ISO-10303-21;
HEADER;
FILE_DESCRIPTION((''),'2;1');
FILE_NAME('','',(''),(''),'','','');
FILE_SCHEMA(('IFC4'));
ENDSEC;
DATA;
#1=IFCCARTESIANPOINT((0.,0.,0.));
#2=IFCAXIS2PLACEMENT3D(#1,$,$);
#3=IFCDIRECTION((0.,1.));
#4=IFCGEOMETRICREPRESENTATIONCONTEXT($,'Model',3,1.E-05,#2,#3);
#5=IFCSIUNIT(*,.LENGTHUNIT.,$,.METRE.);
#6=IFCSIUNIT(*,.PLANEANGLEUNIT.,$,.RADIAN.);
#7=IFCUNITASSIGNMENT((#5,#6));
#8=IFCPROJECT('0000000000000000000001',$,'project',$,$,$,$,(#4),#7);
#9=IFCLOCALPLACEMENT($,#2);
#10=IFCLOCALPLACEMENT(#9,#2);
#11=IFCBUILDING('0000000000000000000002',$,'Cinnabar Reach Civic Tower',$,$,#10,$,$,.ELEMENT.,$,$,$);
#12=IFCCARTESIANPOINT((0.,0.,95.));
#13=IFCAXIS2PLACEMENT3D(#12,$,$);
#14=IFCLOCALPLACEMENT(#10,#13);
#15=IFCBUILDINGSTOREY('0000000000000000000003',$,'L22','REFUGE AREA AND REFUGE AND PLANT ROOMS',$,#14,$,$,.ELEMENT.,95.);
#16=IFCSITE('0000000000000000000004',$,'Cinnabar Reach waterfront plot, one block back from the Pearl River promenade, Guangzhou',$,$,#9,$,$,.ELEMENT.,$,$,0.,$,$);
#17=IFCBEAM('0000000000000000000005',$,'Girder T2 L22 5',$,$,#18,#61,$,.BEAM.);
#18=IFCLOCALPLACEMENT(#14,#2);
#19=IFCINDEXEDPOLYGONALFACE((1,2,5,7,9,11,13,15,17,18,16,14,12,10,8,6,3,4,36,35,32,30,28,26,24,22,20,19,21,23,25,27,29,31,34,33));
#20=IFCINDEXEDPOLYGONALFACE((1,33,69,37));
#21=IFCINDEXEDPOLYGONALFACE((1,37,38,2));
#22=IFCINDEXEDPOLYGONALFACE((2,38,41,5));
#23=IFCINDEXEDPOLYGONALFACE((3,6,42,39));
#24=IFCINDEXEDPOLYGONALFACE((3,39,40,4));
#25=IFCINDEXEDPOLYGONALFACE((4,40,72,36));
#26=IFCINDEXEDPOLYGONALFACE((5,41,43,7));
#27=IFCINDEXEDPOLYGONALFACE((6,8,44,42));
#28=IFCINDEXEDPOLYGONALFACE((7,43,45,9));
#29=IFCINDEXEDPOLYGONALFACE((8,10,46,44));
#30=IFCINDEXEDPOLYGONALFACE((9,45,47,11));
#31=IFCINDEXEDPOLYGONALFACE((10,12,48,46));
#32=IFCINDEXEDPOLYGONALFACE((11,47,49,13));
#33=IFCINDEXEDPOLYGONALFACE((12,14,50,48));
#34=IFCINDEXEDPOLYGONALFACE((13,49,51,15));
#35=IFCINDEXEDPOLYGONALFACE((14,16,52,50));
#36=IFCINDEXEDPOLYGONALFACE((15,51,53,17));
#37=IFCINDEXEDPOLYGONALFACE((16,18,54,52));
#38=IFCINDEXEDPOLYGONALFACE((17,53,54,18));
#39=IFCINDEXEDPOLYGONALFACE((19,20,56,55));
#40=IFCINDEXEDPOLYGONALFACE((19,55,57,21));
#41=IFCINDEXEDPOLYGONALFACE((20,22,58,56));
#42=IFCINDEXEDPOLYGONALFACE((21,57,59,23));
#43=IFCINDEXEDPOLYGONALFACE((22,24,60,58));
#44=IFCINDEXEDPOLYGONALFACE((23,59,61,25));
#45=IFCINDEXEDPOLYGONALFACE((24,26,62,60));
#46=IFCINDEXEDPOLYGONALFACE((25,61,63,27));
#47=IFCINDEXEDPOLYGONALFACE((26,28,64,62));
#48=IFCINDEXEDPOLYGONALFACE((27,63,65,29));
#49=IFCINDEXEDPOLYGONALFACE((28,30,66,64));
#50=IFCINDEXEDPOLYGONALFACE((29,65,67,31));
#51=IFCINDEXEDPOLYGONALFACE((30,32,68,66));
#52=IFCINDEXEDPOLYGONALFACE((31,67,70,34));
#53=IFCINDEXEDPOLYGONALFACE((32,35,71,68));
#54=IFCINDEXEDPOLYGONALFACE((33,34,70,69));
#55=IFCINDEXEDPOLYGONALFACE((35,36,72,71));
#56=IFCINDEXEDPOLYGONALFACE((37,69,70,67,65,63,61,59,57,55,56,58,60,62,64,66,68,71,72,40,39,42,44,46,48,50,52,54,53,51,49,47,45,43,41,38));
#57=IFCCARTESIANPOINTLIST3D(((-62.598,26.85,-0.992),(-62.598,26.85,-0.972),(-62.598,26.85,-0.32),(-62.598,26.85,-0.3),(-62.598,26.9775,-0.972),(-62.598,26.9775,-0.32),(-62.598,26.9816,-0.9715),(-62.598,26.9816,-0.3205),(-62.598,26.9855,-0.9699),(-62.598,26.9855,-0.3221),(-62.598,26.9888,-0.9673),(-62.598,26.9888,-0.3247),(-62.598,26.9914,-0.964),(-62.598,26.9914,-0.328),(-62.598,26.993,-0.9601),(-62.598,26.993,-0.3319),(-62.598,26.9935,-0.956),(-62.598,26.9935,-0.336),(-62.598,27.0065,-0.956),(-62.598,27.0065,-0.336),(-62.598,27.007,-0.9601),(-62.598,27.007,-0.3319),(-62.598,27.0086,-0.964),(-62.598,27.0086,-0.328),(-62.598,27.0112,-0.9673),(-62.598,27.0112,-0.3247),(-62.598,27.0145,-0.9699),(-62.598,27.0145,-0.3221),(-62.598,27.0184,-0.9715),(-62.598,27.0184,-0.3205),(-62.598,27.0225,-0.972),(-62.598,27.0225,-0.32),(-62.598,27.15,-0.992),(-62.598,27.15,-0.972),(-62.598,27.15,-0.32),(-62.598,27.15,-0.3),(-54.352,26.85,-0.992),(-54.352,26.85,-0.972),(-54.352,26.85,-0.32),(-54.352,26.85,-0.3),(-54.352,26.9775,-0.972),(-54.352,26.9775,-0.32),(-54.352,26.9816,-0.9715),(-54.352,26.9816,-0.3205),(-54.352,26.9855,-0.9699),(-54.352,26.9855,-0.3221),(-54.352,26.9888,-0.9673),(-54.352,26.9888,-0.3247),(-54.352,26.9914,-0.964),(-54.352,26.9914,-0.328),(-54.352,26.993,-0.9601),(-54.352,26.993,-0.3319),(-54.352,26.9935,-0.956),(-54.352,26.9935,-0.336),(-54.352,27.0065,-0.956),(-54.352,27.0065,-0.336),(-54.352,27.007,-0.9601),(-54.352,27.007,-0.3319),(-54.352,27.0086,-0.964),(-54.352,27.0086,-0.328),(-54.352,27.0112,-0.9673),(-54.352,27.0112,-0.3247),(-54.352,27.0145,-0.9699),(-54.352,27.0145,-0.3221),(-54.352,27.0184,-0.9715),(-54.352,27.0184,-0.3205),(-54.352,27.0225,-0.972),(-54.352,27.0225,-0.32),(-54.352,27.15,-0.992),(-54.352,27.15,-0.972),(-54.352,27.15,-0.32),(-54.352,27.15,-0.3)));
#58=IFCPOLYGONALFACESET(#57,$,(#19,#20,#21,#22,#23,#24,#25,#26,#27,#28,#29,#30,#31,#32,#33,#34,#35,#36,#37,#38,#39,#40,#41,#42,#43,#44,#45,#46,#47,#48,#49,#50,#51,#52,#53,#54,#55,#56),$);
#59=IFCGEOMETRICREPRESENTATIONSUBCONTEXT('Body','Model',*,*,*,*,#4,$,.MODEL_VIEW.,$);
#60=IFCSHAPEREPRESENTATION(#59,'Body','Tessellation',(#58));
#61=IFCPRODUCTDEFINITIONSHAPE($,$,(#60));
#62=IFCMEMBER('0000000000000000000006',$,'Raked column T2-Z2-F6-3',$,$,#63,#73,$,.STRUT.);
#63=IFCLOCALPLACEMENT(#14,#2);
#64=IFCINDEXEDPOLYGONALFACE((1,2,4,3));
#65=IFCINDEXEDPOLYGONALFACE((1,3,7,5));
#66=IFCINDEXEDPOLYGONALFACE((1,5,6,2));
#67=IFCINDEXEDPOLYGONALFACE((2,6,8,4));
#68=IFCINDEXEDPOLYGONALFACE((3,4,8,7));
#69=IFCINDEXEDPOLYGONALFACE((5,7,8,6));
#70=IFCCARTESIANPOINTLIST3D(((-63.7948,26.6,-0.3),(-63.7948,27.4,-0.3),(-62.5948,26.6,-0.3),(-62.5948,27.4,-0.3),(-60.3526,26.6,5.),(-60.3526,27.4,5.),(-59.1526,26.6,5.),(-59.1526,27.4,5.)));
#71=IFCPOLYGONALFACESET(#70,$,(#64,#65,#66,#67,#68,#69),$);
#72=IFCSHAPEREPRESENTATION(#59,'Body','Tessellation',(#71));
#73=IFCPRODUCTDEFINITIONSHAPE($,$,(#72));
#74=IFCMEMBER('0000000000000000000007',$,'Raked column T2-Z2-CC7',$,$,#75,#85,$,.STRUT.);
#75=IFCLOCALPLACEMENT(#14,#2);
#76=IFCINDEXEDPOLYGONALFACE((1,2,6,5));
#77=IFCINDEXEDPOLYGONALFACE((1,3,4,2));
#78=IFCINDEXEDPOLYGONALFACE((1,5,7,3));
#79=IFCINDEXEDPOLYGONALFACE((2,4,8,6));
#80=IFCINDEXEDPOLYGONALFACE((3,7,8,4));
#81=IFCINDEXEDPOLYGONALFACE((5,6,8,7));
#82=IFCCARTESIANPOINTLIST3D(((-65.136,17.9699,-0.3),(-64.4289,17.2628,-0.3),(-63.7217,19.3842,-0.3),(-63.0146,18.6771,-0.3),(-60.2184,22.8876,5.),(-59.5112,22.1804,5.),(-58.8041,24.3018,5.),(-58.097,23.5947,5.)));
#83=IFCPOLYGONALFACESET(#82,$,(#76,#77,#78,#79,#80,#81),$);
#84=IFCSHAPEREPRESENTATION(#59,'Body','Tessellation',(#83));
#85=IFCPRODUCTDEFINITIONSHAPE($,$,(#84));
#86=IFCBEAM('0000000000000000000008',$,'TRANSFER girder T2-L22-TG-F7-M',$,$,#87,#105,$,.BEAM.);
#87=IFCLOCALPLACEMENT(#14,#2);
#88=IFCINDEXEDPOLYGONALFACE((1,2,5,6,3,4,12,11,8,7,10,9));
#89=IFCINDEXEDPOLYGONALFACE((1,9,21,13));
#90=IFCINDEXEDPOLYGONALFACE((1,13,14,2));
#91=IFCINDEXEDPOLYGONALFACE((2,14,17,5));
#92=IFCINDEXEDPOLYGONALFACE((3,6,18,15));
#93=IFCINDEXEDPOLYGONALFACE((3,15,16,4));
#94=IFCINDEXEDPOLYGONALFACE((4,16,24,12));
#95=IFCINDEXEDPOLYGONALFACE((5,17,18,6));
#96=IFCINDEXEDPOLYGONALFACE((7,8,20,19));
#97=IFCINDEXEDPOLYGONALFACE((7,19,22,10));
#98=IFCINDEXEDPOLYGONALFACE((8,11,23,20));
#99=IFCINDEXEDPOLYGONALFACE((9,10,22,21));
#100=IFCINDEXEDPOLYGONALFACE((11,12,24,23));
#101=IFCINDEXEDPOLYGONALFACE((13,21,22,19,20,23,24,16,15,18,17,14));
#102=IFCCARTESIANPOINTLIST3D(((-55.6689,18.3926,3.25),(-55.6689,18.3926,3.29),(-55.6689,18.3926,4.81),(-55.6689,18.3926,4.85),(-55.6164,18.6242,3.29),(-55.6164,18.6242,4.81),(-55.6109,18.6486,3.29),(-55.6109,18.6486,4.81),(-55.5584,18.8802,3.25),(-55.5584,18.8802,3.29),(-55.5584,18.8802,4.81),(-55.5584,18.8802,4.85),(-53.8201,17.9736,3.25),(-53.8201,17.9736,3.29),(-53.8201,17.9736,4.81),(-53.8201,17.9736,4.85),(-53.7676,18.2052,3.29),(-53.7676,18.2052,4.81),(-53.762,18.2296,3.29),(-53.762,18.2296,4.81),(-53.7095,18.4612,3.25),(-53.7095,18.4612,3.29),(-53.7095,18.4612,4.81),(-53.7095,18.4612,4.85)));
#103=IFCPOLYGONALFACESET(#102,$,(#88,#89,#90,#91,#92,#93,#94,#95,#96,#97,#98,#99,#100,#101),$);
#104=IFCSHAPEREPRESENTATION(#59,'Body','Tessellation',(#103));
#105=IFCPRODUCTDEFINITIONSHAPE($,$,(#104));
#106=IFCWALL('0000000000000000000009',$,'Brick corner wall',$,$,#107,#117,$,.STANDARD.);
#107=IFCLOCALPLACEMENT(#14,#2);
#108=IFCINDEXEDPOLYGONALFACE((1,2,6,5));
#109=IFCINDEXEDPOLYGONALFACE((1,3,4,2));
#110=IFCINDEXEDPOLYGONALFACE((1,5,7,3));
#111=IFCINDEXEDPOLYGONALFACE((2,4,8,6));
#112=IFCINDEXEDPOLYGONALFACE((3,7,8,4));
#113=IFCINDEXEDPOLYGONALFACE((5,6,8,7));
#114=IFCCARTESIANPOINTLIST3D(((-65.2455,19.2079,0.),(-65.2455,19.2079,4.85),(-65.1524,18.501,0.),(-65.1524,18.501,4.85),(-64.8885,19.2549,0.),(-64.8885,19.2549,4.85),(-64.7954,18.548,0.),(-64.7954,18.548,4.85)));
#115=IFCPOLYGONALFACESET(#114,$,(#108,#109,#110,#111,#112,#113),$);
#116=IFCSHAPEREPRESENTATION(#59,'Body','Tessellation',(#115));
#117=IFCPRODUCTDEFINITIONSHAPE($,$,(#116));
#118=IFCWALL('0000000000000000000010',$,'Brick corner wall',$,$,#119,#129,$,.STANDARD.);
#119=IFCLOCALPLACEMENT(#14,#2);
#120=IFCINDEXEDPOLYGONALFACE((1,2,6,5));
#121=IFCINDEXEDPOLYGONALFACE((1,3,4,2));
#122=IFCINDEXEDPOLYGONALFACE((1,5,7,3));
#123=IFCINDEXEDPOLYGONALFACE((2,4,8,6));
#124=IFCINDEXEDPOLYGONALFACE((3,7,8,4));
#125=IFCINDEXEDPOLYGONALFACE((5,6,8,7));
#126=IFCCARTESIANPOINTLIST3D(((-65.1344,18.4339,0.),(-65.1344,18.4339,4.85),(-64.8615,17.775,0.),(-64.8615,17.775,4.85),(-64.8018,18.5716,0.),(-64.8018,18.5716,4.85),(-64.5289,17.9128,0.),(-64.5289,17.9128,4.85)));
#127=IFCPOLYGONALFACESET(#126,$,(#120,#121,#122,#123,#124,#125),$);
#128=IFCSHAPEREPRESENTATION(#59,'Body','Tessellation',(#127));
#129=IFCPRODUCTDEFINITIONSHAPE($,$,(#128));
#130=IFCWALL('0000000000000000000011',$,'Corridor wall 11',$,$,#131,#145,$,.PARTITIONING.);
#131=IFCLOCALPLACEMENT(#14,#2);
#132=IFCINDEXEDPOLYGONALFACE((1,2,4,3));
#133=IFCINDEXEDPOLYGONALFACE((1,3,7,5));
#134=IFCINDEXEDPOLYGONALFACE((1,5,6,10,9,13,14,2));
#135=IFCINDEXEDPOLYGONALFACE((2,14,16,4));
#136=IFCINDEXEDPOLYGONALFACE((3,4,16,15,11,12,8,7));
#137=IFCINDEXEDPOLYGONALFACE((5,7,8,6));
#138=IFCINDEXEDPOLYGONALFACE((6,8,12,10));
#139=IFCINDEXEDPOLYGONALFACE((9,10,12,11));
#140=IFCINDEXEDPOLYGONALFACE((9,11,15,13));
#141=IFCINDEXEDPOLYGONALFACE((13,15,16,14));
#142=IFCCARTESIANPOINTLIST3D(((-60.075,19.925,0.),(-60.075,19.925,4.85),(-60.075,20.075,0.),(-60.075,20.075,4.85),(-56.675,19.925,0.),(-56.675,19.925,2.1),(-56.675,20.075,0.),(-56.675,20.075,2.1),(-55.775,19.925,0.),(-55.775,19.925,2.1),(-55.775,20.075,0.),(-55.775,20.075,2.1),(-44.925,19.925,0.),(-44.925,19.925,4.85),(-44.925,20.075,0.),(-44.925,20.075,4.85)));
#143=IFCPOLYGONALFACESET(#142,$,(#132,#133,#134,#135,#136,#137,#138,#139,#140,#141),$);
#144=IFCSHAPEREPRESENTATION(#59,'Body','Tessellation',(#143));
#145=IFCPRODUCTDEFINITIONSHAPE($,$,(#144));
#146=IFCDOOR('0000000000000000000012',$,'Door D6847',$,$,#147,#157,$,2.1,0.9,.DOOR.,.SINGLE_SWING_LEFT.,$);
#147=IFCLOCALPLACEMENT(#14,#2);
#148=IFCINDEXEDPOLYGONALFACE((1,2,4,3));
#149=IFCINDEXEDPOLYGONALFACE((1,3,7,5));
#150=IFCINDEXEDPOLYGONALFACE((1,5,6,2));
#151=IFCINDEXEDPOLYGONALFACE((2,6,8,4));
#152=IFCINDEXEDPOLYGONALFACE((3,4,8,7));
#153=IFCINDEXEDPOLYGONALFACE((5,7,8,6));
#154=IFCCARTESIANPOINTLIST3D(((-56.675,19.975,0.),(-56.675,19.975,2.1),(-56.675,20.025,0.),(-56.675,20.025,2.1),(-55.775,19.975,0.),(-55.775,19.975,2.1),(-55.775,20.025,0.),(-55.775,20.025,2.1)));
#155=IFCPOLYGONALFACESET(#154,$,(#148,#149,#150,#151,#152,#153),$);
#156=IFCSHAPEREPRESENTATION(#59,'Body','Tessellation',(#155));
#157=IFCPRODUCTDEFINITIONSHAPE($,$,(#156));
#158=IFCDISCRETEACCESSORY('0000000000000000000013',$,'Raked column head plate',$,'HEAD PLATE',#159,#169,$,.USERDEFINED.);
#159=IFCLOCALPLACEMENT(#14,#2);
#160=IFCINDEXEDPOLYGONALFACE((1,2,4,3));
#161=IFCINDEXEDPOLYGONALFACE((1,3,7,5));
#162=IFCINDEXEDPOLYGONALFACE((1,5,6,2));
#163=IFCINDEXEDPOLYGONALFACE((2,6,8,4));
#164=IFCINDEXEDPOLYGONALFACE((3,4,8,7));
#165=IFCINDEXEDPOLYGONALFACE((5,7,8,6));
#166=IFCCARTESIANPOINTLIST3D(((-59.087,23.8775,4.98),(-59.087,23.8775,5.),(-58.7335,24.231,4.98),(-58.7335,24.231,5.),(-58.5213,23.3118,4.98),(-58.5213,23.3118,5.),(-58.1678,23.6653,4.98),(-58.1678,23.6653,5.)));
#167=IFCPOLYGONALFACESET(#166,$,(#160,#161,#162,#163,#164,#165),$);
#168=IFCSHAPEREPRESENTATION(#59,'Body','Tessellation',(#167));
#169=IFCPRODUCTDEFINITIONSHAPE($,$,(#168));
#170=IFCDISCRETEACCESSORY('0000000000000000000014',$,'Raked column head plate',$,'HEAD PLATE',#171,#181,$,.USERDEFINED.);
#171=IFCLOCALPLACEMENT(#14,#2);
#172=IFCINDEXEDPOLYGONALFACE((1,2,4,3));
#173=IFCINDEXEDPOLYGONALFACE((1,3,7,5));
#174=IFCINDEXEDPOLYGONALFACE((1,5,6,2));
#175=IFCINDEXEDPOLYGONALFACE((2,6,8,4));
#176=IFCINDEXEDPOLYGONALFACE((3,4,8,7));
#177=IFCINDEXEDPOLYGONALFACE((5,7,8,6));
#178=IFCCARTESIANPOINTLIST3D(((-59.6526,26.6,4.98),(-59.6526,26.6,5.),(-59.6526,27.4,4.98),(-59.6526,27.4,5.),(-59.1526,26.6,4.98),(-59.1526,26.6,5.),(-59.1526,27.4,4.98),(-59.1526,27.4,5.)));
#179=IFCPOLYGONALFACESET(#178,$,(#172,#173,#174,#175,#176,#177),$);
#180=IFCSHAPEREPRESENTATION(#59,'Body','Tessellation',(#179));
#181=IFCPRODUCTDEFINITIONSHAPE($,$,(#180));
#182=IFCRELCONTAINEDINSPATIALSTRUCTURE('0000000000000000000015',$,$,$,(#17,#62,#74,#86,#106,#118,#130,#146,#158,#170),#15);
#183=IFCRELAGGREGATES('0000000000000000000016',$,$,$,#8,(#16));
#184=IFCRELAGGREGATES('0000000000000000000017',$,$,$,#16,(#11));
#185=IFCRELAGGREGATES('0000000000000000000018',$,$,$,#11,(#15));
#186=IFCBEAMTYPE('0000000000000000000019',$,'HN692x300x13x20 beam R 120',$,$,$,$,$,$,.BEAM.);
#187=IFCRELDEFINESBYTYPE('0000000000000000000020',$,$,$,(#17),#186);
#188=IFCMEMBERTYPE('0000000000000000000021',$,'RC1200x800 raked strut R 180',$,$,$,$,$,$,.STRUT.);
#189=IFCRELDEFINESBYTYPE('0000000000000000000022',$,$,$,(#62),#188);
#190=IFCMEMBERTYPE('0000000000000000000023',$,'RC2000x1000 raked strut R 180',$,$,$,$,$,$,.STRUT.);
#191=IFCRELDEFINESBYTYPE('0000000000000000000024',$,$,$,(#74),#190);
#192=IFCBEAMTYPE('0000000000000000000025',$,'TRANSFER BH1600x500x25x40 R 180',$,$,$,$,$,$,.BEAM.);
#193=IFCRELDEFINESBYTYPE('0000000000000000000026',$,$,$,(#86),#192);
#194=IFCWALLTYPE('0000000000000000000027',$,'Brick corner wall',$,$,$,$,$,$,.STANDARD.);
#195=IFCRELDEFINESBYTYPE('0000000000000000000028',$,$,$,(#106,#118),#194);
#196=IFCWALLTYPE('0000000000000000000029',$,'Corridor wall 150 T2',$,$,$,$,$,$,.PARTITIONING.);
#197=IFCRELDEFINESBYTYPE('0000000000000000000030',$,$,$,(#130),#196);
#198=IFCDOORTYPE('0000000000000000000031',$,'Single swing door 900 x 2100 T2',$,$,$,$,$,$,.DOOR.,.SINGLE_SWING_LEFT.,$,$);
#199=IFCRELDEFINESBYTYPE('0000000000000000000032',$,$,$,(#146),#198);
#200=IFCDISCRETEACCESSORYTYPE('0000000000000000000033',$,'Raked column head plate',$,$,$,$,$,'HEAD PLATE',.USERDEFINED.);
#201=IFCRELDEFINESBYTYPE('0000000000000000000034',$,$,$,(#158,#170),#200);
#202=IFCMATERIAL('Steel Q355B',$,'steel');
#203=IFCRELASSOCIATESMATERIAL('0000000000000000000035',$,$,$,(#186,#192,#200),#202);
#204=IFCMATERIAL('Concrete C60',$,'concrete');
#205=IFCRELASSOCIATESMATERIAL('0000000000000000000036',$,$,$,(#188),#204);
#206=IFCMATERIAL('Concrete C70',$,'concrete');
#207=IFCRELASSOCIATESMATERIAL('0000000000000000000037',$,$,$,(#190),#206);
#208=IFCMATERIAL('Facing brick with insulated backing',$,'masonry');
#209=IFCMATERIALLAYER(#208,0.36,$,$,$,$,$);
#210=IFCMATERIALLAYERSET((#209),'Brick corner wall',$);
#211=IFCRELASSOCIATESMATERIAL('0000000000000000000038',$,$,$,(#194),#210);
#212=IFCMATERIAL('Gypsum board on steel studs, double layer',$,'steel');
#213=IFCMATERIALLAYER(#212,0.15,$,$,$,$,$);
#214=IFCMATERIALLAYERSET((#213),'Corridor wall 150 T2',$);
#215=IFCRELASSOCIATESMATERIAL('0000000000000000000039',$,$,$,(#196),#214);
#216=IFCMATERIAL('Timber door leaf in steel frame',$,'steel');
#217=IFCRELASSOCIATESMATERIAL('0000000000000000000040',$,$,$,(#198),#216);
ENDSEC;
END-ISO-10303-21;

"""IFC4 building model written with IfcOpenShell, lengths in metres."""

from ifc_helpers import new_model, si_unit, direction, frame, frame_2d, origin, origin_2d, place, context, subcontext, project, spatial, rectangle, i_section, extrude, material, layer, layer_set, material_profile, profile_set, type_object, element, fill, save


model = new_model("IFC4")

# Units and contexts
model_context = context("Model", 3, precision=1e-05, world=origin(), true_north=direction((0.0, 1.0)))
body_context = subcontext(model_context, "Body", "Model", "MODEL_VIEW")
ifc_project = project(units=[si_unit("LENGTHUNIT", "METRE"), si_unit("PLANEANGLEUNIT", "RADIAN")], contexts=[model_context])

# Site, building, storey
site_placement = place(None, origin())
site = spatial("IfcSite", under=ifc_project, at=site_placement, Name="Cinnabar Reach waterfront plot, one block back from the Pearl River promenade, Guangzhou", CompositionType="ELEMENT", RefElevation=0.0)
building_placement = place(site_placement, origin())
building = spatial("IfcBuilding", under=site, at=building_placement, Name="Cinnabar Reach Civic Tower", CompositionType="ELEMENT")
storey_placement = place(building_placement, frame((0.0, 0.0, 95.0)))
storey = spatial("IfcBuildingStorey", under=building, at=storey_placement, Name="L22", Description="REFUGE AREA AND REFUGE AND PLANT ROOMS", CompositionType="ELEMENT", Elevation=95.0)

# Shared definitions
ifc_material_1 = material(Name="Concrete C70", Category="concrete")
ifc_material_2 = material(Name="Concrete C60", Category="concrete")

# Beam
ifc_material_3 = material(Name="Steel Q355B", Category="steel")
ifc_material_profile_1 = material_profile(ifc_material_3, i_section(OverallWidth=0.3, OverallDepth=0.692, WebThickness=0.013, FlangeThickness=0.02, FilletRadius=0.016, at=origin_2d()), Name="HN692x300x13x20")
ifc_profile_set_1 = profile_set([ifc_material_profile_1], Name="Steel Q355B")
beam_type_1 = type_object("IfcBeamType", Name="HN692x300x13x20 beam R 120", PredefinedType="BEAM", material=ifc_profile_set_1)
beam_1_placement = place(storey_placement, frame((-62.598, 27.0, -0.646), z_axis=(1.0, 0.0, 0.0), x_axis=(0.0, 1.0, 0.0)))
element("IfcBeam", 1, at=beam_1_placement, inside=storey, type_object=beam_type_1, Name="Girder T2 L22 5", PredefinedType="BEAM", context=body_context, shape_type="SweptSolid", body=[
    extrude(i_section(OverallWidth=0.3, OverallDepth=0.692, WebThickness=0.013, FlangeThickness=0.02, FilletRadius=0.016, at=origin_2d()), origin(), (0.0, 0.0, 1.0), 8.246),
])

# Members
ifc_material_profile_2 = material_profile(ifc_material_2, rectangle(XDim=1.2, YDim=0.8, at=origin_2d()), Name="RC1200x800")
ifc_profile_set_2 = profile_set([ifc_material_profile_2], Name="Concrete C60")
member_type_1 = type_object("IfcMemberType", Name="RC1200x800 raked strut R 180", PredefinedType="STRUT", material=ifc_profile_set_2)
member_1_placement = place(storey_placement, frame((-63.1948, 27.0, -0.3), z_axis=(0.0, 0.0, 1.0), x_axis=(1.0, 0.0, 0.0)))
element("IfcMember", 2, at=member_1_placement, inside=storey, type_object=member_type_1, Name="Raked column T2-Z2-F6-3", PredefinedType="STRUT", context=body_context, shape_type="SweptSolid", body=[
    extrude(rectangle(XDim=1.2, YDim=0.8, at=origin_2d()), origin(), (0.544677, 0.0, 0.838646), 6.3197),
])
ifc_material_profile_3 = material_profile(ifc_material_1, rectangle(XDim=2.0, YDim=1.0, at=origin_2d()), Name="RC2000x1000")
ifc_profile_set_3 = profile_set([ifc_material_profile_3], Name="Concrete C70")
member_type_2 = type_object("IfcMemberType", Name="RC2000x1000 raked strut R 180", PredefinedType="STRUT", material=ifc_profile_set_3)
member_2_placement = place(storey_placement, frame((-64.0753, 18.3235, -0.3), z_axis=(0.0, 0.0, 1.0), x_axis=(0.707107, 0.707107, 0.0)))
element("IfcMember", 3, at=member_2_placement, inside=storey, type_object=member_type_2, Name="Raked column T2-Z2-CC7", PredefinedType="STRUT", context=body_context, shape_type="SweptSolid", body=[
    extrude(rectangle(XDim=2.0, YDim=1.0, at=origin_2d()), origin(), (0.79536, 0.0, 0.606138), 8.7439),
])

# Beam
ifc_material_profile_4 = material_profile(ifc_material_3, i_section(OverallWidth=0.5, OverallDepth=1.6, WebThickness=0.025, FlangeThickness=0.04, at=origin_2d()), Name="BH1600x500x25x40")
ifc_profile_set_4 = profile_set([ifc_material_profile_4], Name="Steel Q355B")
beam_type_2 = type_object("IfcBeamType", Name="TRANSFER BH1600x500x25x40 R 180", PredefinedType="BEAM", material=ifc_profile_set_4)
beam_2_placement = place(storey_placement, frame((-53.7648, 18.2174, 4.05), z_axis=(-0.975267, 0.221028, 0.0), x_axis=(-0.221028, -0.975267, 0.0)))
element("IfcBeam", 4, at=beam_2_placement, inside=storey, type_object=beam_type_2, Name="TRANSFER girder T2-L22-TG-F7-M", PredefinedType="BEAM", context=body_context, shape_type="SweptSolid", body=[
    extrude(i_section(OverallWidth=0.5, OverallDepth=1.6, WebThickness=0.025, FlangeThickness=0.04, at=origin_2d()), origin(), (0.0, 0.0, 1.0), 1.8957),
])

# Walls
ifc_material_4 = material(Name="Facing brick with insulated backing", Category="masonry")
ifc_layer_1 = layer(ifc_material_4, 0.36)
ifc_layer_set_1 = layer_set([ifc_layer_1], Name="Brick corner wall")
wall_type_1 = type_object("IfcWallType", Name="Brick corner wall", PredefinedType="STANDARD", material=ifc_layer_set_1)
for number, where, z_axis, x_axis, name in (
    (5, (-65.067, 19.2314, 0.0), (0.0, 0.0, 1.0), (0.130556, -0.991441, 0.0), "Brick corner wall"),
    (6, (-64.9681, 18.5027, 0.0), (0.0, 0.0, 1.0), (0.382703, -0.923872, 0.0), "Brick corner wall"),
):
    element("IfcWall", number, at=place(storey_placement, frame(where, z_axis=z_axis, x_axis=x_axis)), inside=storey, type_object=wall_type_1, Name=name, PredefinedType="STANDARD", context=body_context, shape_type="SweptSolid", body=[
        extrude(rectangle(XDim=0.7131, YDim=0.36, at=frame_2d((0.3565, 0.0))), origin(), (0.0, 0.0, 1.0), 4.85),
    ])

# Wall, opening, door
ifc_material_5 = material(Name="Gypsum board on steel studs, double layer", Category="steel")
ifc_layer_2 = layer(ifc_material_5, 0.15)
ifc_layer_set_2 = layer_set([ifc_layer_2], Name="Corridor wall 150 T2")
wall_type_2 = type_object("IfcWallType", Name="Corridor wall 150 T2", PredefinedType="PARTITIONING", material=ifc_layer_set_2)
wall_placement = place(storey_placement, frame((-60.075, 20.0, 0.0), z_axis=(0.0, 0.0, 1.0), x_axis=(1.0, 0.0, 0.0)))
wall = element("IfcWall", 7, at=wall_placement, inside=storey, type_object=wall_type_2, Name="Corridor wall 11", PredefinedType="PARTITIONING", context=body_context, shape_type="SweptSolid", body=[
    extrude(rectangle(XDim=15.15, YDim=0.15, at=frame_2d((7.575, 0.0))), origin(), (0.0, 0.0, 1.0), 4.85),
])
opening_placement = place(wall_placement, frame((3.4, 0.0, 0.0)))
opening = element("IfcOpeningElement", 8, at=opening_placement, cuts=wall, PredefinedType="OPENING", context=body_context, shape_type="SweptSolid", body=[
    extrude(rectangle(XDim=0.9, YDim=2.1, at=frame_2d((0.45, 1.05))), frame((0.0, 0.085, 0.0), z_axis=(0.0, -1.0, 0.0), x_axis=(1.0, 0.0, 0.0)), (0.0, 0.0, 1.0), 0.17),
])
ifc_material_6 = material(Name="Timber door leaf in steel frame", Category="steel")
door_type = type_object("IfcDoorType", Name="Single swing door 900 x 2100 T2", OperationType="SINGLE_SWING_LEFT", PredefinedType="DOOR", material=ifc_material_6)
door_placement = place(opening_placement, frame((0.9, 0.0, 0.0), z_axis=(0.0, 0.0, 1.0), x_axis=(-1.0, 0.0, 0.0)))
door = element("IfcDoor", 9, at=door_placement, inside=storey, type_object=door_type, Name="Door D6847", OperationType="SINGLE_SWING_LEFT", OverallHeight=2.1, OverallWidth=0.9, PredefinedType="DOOR", context=body_context, shape_type="SweptSolid", body=[
    extrude(rectangle(XDim=0.9, YDim=2.1, at=frame_2d((0.45, 1.05))), frame((0.0, 0.025, 0.0), z_axis=(0.0, -1.0, 0.0), x_axis=(1.0, 0.0, 0.0)), (0.0, 0.0, 1.0), 0.05),
])
fill(opening, door)

# Discrete accessories
discrete_accessory_type = type_object("IfcDiscreteAccessoryType", Name="Raked column head plate", ElementType="HEAD PLATE", PredefinedType="USERDEFINED", material=ifc_material_3)
for number, where, z_axis, x_axis, name in (
    (10, (-58.6274, 23.7714, 4.98), (0.0, 0.0, 1.0), (0.707107, 0.707107, 0.0), "Raked column head plate"),
    (11, (-59.4026, 27.0, 4.98), (0.0, 0.0, 1.0), (1.0, 0.0, 0.0), "Raked column head plate"),
):
    element("IfcDiscreteAccessory", number, at=place(storey_placement, frame(where, z_axis=z_axis, x_axis=x_axis)), inside=storey, type_object=discrete_accessory_type, Name=name, ObjectType="HEAD PLATE", PredefinedType="USERDEFINED", context=body_context, shape_type="SweptSolid", body=[
        extrude(rectangle(XDim=0.5, YDim=0.8, at=origin_2d()), origin(), (0.0, 0.0, 1.0), 0.02),
    ])

save(model, "model.ifc")
